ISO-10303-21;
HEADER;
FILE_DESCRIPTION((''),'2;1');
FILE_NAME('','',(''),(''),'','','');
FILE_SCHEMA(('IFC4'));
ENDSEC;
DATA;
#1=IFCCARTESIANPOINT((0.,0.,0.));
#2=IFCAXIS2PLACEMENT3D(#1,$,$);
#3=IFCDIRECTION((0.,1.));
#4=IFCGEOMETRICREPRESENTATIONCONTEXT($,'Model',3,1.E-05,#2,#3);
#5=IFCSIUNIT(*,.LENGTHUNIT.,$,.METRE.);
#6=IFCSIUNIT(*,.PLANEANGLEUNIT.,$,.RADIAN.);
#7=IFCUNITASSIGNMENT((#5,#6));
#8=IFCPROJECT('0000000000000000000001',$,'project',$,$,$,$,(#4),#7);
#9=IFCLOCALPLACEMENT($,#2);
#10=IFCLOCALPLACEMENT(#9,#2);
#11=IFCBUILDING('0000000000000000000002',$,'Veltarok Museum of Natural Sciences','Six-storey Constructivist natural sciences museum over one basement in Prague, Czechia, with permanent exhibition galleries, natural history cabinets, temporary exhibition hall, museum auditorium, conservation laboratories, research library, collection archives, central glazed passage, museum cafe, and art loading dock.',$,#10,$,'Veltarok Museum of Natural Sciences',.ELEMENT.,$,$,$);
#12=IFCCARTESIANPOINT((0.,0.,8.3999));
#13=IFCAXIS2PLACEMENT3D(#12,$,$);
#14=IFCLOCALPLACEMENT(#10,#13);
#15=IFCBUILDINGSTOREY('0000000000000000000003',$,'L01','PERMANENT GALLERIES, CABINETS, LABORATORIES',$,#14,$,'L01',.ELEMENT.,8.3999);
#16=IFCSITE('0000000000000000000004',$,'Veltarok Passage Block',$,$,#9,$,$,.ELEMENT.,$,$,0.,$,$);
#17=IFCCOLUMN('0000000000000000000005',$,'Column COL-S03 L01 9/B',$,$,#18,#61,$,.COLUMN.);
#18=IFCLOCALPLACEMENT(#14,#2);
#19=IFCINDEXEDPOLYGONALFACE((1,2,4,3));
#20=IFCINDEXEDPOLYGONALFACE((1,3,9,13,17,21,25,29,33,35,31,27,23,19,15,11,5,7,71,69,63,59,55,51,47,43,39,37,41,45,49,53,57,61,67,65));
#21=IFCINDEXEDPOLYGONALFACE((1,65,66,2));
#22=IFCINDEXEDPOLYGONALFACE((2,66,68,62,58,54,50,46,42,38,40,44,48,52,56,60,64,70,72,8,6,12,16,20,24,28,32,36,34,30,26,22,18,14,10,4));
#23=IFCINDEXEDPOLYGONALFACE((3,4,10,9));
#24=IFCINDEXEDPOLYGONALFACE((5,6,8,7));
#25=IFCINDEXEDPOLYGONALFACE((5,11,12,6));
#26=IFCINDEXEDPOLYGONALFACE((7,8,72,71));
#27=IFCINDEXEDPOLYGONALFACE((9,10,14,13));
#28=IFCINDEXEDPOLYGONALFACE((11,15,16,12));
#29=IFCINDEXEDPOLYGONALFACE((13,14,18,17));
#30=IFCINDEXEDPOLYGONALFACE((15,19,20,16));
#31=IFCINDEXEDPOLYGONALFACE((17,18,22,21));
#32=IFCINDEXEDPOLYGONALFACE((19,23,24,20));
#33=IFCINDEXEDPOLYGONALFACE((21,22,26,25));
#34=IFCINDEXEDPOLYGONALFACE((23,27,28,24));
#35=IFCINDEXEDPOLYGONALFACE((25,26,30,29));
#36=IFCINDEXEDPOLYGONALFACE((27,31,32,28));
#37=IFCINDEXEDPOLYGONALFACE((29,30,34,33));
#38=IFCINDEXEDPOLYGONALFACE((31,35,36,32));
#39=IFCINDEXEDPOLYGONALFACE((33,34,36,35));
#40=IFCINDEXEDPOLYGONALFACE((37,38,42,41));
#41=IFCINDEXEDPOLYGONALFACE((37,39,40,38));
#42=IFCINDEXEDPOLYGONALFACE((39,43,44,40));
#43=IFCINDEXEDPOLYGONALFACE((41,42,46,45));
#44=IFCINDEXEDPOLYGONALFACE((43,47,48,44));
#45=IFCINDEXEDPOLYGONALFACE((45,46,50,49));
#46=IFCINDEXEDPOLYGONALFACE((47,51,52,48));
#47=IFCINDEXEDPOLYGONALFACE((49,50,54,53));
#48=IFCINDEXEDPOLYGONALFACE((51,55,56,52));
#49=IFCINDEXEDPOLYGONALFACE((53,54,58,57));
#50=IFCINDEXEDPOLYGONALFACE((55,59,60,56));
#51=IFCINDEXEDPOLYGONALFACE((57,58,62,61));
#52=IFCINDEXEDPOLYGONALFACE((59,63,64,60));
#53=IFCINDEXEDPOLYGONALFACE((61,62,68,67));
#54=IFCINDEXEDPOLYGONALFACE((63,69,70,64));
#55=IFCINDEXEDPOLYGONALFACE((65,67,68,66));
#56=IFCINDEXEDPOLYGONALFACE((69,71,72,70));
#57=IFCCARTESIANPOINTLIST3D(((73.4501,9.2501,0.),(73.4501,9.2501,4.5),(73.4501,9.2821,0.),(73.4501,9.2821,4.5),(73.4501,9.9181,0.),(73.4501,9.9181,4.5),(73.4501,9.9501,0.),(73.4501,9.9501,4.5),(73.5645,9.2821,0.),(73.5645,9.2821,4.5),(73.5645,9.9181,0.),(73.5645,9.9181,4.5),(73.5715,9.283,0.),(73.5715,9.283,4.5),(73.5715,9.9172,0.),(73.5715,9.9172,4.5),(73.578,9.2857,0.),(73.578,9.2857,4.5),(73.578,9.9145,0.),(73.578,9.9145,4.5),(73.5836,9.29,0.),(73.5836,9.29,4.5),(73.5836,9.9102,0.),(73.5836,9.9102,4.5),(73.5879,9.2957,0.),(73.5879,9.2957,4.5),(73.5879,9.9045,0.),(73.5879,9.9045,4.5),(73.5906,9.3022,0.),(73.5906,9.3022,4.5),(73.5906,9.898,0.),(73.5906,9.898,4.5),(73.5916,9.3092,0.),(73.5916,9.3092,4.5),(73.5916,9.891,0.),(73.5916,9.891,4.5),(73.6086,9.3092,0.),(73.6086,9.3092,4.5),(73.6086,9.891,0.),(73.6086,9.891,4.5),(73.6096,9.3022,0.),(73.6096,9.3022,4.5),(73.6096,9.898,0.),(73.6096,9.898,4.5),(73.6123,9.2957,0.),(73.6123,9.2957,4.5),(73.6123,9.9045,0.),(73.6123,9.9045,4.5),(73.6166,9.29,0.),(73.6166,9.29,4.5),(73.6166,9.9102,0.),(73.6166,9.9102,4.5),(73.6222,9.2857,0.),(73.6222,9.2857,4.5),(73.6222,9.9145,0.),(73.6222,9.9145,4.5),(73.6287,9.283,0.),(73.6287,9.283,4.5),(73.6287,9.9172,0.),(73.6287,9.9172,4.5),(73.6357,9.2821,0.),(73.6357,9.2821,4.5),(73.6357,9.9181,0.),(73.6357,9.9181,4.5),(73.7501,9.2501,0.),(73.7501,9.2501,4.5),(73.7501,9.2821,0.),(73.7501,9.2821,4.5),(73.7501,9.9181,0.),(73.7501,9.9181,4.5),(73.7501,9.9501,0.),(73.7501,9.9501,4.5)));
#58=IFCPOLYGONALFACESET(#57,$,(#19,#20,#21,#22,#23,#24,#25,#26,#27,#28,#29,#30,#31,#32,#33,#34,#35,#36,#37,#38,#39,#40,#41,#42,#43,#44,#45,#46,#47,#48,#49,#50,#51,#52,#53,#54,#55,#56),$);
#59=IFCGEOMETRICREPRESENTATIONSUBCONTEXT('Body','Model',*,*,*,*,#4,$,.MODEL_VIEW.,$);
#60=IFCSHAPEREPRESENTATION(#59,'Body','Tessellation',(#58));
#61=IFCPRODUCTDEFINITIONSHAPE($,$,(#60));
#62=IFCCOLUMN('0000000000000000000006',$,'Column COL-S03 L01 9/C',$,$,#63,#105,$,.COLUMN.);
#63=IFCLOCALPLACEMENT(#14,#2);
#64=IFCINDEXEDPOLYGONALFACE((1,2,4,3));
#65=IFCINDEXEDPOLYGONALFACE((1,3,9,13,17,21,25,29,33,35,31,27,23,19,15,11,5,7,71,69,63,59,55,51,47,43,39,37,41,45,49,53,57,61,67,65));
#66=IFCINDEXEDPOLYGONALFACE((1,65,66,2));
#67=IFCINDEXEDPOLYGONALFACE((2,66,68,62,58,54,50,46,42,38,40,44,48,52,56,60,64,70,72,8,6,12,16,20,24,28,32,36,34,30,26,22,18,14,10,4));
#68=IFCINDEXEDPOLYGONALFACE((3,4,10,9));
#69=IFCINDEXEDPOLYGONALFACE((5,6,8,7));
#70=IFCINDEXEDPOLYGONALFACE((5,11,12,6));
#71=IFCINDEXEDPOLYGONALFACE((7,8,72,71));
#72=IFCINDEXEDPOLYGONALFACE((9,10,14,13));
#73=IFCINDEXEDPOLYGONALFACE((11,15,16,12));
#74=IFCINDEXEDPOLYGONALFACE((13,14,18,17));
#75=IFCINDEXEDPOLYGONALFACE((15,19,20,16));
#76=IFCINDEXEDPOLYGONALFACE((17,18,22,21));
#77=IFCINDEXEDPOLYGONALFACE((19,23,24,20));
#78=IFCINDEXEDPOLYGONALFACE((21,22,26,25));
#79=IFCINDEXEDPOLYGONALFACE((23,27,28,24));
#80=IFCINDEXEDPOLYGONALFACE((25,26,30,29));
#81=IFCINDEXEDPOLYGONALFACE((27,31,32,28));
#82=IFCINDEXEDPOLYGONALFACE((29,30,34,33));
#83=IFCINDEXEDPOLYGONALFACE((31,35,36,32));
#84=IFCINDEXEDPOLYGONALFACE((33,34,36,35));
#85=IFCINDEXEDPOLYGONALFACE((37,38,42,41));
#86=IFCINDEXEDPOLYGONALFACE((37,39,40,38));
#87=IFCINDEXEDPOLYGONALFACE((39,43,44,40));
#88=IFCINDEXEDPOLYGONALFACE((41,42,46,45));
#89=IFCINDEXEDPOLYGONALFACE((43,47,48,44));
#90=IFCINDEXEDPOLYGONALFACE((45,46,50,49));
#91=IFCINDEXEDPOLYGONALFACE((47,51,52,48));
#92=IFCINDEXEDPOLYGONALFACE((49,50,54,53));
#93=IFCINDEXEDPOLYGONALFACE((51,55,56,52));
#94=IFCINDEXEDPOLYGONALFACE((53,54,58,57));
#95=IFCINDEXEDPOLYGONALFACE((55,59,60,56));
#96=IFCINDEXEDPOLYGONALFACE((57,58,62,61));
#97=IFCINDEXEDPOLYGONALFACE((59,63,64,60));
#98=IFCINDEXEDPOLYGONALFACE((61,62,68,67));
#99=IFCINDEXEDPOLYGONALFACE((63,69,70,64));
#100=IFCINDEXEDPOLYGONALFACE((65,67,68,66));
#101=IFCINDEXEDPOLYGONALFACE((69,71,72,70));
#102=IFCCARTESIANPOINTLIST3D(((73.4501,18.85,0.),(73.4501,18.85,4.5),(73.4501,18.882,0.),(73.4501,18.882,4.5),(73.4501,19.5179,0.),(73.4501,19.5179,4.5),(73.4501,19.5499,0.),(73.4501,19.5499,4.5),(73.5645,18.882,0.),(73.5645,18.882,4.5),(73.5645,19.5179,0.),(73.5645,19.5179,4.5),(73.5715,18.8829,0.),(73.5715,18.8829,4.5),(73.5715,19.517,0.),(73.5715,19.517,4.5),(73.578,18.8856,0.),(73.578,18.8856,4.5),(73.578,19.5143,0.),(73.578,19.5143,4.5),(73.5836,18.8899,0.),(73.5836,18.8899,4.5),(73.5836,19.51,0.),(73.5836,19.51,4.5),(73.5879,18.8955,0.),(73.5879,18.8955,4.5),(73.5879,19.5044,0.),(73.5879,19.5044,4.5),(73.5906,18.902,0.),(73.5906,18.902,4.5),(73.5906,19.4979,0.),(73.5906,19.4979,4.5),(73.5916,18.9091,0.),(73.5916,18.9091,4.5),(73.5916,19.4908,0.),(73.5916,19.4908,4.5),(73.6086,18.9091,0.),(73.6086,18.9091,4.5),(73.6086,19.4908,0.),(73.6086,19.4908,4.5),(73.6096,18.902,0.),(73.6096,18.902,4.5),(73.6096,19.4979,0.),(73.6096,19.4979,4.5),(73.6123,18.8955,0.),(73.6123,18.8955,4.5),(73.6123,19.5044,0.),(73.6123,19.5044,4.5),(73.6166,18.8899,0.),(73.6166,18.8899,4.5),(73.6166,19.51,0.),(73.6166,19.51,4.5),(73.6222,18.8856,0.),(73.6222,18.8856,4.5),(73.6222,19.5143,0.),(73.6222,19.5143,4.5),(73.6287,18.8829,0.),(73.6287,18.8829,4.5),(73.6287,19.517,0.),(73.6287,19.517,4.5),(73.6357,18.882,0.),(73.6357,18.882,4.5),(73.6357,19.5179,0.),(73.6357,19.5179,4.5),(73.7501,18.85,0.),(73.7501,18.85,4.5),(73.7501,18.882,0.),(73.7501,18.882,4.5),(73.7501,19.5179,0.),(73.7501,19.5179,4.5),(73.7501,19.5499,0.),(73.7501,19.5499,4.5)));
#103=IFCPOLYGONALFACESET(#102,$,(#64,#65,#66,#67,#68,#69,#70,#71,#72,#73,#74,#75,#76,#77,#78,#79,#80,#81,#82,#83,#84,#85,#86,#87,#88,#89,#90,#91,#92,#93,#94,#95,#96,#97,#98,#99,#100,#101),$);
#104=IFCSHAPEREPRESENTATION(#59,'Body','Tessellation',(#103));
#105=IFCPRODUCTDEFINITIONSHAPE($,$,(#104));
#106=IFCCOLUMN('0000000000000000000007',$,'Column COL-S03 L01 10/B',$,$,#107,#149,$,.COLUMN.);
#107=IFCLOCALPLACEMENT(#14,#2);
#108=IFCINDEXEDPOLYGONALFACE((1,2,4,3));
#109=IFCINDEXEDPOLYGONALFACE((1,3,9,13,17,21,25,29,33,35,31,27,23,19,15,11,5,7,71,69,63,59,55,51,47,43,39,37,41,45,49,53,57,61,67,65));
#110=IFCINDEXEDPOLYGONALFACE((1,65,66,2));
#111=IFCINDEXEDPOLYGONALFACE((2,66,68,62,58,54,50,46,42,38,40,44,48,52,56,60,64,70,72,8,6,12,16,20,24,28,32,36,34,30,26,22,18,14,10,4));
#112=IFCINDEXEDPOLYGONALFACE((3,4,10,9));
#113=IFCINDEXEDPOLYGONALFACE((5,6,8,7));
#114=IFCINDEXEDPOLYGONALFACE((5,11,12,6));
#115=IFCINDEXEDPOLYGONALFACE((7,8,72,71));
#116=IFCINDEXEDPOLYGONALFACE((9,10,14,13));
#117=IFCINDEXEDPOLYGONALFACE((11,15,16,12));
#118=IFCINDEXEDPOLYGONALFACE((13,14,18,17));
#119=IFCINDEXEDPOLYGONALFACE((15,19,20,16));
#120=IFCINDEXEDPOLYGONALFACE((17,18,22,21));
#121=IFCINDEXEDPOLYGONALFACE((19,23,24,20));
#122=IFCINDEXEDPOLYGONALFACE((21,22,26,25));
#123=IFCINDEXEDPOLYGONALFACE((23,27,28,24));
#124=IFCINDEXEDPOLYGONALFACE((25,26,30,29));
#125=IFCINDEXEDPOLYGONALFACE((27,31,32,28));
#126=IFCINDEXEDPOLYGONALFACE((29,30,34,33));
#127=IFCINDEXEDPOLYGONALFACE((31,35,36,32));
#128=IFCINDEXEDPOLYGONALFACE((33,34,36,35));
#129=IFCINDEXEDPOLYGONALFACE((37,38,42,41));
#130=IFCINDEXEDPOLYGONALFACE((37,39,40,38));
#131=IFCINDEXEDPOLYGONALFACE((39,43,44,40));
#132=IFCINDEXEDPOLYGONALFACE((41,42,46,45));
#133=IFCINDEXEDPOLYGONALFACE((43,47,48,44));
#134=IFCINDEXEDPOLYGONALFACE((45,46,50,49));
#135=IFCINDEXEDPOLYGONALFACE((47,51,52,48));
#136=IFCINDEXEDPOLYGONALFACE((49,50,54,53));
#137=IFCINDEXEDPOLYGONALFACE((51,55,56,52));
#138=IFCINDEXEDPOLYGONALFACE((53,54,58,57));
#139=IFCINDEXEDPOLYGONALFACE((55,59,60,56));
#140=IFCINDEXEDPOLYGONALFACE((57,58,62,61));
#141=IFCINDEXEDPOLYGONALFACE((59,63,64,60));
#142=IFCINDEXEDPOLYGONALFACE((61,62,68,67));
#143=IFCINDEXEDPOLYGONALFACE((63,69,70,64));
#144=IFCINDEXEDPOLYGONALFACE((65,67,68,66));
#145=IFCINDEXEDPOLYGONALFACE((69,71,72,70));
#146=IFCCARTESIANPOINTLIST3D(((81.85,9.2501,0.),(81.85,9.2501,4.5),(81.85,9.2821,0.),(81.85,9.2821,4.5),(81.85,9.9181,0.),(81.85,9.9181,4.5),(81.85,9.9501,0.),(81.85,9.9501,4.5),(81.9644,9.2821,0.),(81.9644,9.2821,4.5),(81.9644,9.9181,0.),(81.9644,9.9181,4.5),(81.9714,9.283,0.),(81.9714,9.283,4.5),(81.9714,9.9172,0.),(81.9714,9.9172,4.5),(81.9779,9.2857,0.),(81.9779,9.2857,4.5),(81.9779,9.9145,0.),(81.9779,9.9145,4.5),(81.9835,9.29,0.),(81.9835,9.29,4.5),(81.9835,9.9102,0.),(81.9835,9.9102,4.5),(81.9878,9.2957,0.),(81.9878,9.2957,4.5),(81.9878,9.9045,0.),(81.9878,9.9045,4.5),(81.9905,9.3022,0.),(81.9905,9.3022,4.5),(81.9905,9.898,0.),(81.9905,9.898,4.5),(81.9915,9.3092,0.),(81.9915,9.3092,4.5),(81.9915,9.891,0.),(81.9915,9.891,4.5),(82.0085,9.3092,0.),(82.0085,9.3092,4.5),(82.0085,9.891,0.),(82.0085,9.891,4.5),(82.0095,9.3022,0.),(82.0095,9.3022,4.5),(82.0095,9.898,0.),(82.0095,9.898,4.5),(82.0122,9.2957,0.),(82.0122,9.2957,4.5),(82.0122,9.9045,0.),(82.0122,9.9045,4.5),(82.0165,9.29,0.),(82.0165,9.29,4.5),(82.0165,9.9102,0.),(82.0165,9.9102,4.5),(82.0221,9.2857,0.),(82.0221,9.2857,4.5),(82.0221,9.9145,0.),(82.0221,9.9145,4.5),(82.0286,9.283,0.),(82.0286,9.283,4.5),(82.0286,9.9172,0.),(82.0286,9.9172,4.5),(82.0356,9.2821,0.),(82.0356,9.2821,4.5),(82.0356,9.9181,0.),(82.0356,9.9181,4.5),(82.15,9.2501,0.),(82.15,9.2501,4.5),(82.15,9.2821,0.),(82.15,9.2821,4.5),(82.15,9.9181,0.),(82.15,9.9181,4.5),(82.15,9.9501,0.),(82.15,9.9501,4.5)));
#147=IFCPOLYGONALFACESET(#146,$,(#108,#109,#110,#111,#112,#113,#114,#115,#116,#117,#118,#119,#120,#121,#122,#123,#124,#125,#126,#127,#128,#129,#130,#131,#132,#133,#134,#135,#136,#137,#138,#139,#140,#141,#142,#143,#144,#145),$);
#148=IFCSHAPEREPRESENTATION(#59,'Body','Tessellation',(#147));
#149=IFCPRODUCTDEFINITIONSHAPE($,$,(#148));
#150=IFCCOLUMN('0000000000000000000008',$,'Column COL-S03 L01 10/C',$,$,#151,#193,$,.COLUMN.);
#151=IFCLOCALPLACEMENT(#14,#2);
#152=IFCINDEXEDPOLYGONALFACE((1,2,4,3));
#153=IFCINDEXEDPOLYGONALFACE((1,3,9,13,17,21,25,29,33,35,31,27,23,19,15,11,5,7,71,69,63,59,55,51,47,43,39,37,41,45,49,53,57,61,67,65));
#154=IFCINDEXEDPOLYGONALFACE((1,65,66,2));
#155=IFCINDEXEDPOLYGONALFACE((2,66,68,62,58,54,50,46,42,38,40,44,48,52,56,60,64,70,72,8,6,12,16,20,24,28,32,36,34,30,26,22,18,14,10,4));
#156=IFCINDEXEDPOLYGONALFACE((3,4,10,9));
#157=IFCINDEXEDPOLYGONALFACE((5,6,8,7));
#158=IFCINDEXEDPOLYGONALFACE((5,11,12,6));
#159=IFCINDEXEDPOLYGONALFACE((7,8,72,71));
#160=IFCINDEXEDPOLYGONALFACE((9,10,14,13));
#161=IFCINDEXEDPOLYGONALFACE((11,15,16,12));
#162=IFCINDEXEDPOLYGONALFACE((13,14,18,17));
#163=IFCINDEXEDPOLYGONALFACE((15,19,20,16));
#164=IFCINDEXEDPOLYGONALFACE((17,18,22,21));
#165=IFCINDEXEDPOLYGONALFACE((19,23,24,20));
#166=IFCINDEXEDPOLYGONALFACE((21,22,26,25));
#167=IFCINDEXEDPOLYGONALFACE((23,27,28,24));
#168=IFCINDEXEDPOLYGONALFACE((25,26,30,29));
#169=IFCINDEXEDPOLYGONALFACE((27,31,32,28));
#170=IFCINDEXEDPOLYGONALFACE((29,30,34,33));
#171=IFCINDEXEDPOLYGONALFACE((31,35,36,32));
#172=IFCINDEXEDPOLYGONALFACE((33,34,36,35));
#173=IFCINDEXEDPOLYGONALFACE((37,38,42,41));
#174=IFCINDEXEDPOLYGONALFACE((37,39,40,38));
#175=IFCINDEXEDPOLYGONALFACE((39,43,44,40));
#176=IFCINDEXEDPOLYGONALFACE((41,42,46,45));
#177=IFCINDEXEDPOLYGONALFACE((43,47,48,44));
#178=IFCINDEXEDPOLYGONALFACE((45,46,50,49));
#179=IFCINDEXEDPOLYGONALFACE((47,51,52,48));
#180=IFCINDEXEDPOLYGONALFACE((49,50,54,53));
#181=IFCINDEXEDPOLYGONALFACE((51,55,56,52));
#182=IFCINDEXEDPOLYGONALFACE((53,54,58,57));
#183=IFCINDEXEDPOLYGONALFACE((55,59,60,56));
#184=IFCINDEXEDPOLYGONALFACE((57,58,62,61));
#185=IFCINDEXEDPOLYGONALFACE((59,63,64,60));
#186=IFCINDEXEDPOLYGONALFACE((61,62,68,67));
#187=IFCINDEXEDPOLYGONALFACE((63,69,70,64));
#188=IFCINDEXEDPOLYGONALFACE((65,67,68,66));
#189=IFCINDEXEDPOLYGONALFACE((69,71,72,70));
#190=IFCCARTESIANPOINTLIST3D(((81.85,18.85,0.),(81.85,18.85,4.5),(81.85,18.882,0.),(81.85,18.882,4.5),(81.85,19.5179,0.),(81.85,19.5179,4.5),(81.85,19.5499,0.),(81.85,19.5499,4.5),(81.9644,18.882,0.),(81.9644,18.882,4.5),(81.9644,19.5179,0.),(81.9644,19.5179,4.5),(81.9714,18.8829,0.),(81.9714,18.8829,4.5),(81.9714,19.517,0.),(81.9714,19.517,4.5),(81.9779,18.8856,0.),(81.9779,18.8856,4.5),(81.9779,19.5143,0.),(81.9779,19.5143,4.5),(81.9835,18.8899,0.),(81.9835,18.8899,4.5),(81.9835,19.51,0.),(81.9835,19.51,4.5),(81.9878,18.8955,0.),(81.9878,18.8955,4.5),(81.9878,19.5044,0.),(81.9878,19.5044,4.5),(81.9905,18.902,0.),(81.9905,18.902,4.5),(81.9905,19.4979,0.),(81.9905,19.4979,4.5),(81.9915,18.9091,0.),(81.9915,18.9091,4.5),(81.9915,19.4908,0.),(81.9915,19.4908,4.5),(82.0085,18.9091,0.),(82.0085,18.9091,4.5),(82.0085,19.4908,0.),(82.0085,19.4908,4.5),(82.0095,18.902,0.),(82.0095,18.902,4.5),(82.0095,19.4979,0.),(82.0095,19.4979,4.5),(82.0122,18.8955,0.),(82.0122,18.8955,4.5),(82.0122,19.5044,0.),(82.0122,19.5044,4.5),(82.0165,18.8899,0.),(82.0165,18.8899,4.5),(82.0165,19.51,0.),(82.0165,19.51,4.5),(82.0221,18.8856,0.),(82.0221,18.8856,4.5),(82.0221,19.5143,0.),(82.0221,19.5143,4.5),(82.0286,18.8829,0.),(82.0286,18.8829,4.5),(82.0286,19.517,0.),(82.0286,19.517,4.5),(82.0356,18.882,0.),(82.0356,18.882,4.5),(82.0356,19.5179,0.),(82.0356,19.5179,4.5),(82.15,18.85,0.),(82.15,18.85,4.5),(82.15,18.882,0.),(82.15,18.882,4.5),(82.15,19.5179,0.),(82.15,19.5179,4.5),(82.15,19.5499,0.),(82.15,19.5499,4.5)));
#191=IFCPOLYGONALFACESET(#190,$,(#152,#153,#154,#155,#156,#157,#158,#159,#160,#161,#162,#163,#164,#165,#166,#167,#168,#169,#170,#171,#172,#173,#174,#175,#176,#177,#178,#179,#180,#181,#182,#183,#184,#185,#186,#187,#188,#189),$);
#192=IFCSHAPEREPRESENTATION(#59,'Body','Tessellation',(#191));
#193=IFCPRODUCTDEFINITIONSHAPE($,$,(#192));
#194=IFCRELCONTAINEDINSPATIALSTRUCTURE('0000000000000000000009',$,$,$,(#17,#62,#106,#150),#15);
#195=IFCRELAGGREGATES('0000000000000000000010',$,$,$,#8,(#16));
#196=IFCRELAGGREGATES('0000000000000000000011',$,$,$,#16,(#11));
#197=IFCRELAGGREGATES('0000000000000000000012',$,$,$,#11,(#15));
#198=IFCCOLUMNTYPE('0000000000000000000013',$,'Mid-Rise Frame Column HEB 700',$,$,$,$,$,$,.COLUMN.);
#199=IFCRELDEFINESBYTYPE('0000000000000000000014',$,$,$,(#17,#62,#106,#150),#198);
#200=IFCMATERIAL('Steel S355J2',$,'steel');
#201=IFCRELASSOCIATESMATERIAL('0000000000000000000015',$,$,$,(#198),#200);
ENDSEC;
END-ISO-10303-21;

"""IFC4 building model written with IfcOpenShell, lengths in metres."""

from ifc_helpers import new_model, si_unit, direction, frame, origin, origin_2d, place, context, subcontext, project, spatial, i_section, extrude, material, material_profile, profile_set, type_object, element, save


model = new_model("IFC4")

# Units and contexts
model_context = context("Model", 3, precision=1e-05, world=origin(), true_north=direction((0.0, 1.0)))
body_context = subcontext(model_context, "Body", "Model", "MODEL_VIEW")
ifc_project = project(units=[si_unit("LENGTHUNIT", "METRE"), si_unit("PLANEANGLEUNIT", "RADIAN")], contexts=[model_context])

# Site, building, storey
site_placement = place(None, origin())
site = spatial("IfcSite", under=ifc_project, at=site_placement, Name="Veltarok Passage Block", CompositionType="ELEMENT", RefElevation=0.0)
building_placement = place(site_placement, origin())
building = spatial("IfcBuilding", under=site, at=building_placement, Name="Veltarok Museum of Natural Sciences", Description="Six-storey Constructivist natural sciences museum over one basement in Prague, Czechia, with permanent exhibition galleries, natural history cabinets, temporary exhibition hall, museum auditorium, conservation laboratories, research library, collection archives, central glazed passage, museum cafe, and art loading dock.", LongName="Veltarok Museum of Natural Sciences", CompositionType="ELEMENT")
storey_placement = place(building_placement, frame((0.0, 0.0, 8.3999)))
storey = spatial("IfcBuildingStorey", under=building, at=storey_placement, Name="L01", Description="PERMANENT GALLERIES, CABINETS, LABORATORIES", LongName="L01", CompositionType="ELEMENT", Elevation=8.3999)

# Columns
ifc_material_1 = material(Name="Steel S355J2", Category="steel")
ifc_material_profile_1 = material_profile(ifc_material_1, i_section(OverallWidth=0.3, OverallDepth=0.7, WebThickness=0.0171, FlangeThickness=0.032, FilletRadius=0.0271, at=origin_2d()), Name="HEB 700")
ifc_profile_set_1 = profile_set([ifc_material_profile_1], Name="Steel S355J2")
column_type = type_object("IfcColumnType", Name="Mid-Rise Frame Column HEB 700", PredefinedType="COLUMN", material=ifc_profile_set_1)
for number, where, z_axis, x_axis, name in (
    (1, (73.6001, 9.6001, 0.0), (0.0, 0.0, 1.0), (1.0, 0.0, 0.0), "Column COL-S03 L01 9/B"),
    (2, (73.6001, 19.2, 0.0), (0.0, 0.0, 1.0), (1.0, 0.0, 0.0), "Column COL-S03 L01 9/C"),
    (3, (82.0, 9.6001, 0.0), (0.0, 0.0, 1.0), (1.0, 0.0, 0.0), "Column COL-S03 L01 10/B"),
    (4, (82.0, 19.2, 0.0), (0.0, 0.0, 1.0), (1.0, 0.0, 0.0), "Column COL-S03 L01 10/C"),
):
    element("IfcColumn", number, at=place(storey_placement, frame(where, z_axis=z_axis, x_axis=x_axis)), inside=storey, type_object=column_type, Name=name, PredefinedType="COLUMN", context=body_context, shape_type="SweptSolid", body=[
        extrude(i_section(OverallWidth=0.3, OverallDepth=0.7, WebThickness=0.0171, FlangeThickness=0.032, FilletRadius=0.0271, at=origin_2d()), origin(), (0.0, 0.0, 1.0), 4.5),
    ])

save(model, "model.ifc")
